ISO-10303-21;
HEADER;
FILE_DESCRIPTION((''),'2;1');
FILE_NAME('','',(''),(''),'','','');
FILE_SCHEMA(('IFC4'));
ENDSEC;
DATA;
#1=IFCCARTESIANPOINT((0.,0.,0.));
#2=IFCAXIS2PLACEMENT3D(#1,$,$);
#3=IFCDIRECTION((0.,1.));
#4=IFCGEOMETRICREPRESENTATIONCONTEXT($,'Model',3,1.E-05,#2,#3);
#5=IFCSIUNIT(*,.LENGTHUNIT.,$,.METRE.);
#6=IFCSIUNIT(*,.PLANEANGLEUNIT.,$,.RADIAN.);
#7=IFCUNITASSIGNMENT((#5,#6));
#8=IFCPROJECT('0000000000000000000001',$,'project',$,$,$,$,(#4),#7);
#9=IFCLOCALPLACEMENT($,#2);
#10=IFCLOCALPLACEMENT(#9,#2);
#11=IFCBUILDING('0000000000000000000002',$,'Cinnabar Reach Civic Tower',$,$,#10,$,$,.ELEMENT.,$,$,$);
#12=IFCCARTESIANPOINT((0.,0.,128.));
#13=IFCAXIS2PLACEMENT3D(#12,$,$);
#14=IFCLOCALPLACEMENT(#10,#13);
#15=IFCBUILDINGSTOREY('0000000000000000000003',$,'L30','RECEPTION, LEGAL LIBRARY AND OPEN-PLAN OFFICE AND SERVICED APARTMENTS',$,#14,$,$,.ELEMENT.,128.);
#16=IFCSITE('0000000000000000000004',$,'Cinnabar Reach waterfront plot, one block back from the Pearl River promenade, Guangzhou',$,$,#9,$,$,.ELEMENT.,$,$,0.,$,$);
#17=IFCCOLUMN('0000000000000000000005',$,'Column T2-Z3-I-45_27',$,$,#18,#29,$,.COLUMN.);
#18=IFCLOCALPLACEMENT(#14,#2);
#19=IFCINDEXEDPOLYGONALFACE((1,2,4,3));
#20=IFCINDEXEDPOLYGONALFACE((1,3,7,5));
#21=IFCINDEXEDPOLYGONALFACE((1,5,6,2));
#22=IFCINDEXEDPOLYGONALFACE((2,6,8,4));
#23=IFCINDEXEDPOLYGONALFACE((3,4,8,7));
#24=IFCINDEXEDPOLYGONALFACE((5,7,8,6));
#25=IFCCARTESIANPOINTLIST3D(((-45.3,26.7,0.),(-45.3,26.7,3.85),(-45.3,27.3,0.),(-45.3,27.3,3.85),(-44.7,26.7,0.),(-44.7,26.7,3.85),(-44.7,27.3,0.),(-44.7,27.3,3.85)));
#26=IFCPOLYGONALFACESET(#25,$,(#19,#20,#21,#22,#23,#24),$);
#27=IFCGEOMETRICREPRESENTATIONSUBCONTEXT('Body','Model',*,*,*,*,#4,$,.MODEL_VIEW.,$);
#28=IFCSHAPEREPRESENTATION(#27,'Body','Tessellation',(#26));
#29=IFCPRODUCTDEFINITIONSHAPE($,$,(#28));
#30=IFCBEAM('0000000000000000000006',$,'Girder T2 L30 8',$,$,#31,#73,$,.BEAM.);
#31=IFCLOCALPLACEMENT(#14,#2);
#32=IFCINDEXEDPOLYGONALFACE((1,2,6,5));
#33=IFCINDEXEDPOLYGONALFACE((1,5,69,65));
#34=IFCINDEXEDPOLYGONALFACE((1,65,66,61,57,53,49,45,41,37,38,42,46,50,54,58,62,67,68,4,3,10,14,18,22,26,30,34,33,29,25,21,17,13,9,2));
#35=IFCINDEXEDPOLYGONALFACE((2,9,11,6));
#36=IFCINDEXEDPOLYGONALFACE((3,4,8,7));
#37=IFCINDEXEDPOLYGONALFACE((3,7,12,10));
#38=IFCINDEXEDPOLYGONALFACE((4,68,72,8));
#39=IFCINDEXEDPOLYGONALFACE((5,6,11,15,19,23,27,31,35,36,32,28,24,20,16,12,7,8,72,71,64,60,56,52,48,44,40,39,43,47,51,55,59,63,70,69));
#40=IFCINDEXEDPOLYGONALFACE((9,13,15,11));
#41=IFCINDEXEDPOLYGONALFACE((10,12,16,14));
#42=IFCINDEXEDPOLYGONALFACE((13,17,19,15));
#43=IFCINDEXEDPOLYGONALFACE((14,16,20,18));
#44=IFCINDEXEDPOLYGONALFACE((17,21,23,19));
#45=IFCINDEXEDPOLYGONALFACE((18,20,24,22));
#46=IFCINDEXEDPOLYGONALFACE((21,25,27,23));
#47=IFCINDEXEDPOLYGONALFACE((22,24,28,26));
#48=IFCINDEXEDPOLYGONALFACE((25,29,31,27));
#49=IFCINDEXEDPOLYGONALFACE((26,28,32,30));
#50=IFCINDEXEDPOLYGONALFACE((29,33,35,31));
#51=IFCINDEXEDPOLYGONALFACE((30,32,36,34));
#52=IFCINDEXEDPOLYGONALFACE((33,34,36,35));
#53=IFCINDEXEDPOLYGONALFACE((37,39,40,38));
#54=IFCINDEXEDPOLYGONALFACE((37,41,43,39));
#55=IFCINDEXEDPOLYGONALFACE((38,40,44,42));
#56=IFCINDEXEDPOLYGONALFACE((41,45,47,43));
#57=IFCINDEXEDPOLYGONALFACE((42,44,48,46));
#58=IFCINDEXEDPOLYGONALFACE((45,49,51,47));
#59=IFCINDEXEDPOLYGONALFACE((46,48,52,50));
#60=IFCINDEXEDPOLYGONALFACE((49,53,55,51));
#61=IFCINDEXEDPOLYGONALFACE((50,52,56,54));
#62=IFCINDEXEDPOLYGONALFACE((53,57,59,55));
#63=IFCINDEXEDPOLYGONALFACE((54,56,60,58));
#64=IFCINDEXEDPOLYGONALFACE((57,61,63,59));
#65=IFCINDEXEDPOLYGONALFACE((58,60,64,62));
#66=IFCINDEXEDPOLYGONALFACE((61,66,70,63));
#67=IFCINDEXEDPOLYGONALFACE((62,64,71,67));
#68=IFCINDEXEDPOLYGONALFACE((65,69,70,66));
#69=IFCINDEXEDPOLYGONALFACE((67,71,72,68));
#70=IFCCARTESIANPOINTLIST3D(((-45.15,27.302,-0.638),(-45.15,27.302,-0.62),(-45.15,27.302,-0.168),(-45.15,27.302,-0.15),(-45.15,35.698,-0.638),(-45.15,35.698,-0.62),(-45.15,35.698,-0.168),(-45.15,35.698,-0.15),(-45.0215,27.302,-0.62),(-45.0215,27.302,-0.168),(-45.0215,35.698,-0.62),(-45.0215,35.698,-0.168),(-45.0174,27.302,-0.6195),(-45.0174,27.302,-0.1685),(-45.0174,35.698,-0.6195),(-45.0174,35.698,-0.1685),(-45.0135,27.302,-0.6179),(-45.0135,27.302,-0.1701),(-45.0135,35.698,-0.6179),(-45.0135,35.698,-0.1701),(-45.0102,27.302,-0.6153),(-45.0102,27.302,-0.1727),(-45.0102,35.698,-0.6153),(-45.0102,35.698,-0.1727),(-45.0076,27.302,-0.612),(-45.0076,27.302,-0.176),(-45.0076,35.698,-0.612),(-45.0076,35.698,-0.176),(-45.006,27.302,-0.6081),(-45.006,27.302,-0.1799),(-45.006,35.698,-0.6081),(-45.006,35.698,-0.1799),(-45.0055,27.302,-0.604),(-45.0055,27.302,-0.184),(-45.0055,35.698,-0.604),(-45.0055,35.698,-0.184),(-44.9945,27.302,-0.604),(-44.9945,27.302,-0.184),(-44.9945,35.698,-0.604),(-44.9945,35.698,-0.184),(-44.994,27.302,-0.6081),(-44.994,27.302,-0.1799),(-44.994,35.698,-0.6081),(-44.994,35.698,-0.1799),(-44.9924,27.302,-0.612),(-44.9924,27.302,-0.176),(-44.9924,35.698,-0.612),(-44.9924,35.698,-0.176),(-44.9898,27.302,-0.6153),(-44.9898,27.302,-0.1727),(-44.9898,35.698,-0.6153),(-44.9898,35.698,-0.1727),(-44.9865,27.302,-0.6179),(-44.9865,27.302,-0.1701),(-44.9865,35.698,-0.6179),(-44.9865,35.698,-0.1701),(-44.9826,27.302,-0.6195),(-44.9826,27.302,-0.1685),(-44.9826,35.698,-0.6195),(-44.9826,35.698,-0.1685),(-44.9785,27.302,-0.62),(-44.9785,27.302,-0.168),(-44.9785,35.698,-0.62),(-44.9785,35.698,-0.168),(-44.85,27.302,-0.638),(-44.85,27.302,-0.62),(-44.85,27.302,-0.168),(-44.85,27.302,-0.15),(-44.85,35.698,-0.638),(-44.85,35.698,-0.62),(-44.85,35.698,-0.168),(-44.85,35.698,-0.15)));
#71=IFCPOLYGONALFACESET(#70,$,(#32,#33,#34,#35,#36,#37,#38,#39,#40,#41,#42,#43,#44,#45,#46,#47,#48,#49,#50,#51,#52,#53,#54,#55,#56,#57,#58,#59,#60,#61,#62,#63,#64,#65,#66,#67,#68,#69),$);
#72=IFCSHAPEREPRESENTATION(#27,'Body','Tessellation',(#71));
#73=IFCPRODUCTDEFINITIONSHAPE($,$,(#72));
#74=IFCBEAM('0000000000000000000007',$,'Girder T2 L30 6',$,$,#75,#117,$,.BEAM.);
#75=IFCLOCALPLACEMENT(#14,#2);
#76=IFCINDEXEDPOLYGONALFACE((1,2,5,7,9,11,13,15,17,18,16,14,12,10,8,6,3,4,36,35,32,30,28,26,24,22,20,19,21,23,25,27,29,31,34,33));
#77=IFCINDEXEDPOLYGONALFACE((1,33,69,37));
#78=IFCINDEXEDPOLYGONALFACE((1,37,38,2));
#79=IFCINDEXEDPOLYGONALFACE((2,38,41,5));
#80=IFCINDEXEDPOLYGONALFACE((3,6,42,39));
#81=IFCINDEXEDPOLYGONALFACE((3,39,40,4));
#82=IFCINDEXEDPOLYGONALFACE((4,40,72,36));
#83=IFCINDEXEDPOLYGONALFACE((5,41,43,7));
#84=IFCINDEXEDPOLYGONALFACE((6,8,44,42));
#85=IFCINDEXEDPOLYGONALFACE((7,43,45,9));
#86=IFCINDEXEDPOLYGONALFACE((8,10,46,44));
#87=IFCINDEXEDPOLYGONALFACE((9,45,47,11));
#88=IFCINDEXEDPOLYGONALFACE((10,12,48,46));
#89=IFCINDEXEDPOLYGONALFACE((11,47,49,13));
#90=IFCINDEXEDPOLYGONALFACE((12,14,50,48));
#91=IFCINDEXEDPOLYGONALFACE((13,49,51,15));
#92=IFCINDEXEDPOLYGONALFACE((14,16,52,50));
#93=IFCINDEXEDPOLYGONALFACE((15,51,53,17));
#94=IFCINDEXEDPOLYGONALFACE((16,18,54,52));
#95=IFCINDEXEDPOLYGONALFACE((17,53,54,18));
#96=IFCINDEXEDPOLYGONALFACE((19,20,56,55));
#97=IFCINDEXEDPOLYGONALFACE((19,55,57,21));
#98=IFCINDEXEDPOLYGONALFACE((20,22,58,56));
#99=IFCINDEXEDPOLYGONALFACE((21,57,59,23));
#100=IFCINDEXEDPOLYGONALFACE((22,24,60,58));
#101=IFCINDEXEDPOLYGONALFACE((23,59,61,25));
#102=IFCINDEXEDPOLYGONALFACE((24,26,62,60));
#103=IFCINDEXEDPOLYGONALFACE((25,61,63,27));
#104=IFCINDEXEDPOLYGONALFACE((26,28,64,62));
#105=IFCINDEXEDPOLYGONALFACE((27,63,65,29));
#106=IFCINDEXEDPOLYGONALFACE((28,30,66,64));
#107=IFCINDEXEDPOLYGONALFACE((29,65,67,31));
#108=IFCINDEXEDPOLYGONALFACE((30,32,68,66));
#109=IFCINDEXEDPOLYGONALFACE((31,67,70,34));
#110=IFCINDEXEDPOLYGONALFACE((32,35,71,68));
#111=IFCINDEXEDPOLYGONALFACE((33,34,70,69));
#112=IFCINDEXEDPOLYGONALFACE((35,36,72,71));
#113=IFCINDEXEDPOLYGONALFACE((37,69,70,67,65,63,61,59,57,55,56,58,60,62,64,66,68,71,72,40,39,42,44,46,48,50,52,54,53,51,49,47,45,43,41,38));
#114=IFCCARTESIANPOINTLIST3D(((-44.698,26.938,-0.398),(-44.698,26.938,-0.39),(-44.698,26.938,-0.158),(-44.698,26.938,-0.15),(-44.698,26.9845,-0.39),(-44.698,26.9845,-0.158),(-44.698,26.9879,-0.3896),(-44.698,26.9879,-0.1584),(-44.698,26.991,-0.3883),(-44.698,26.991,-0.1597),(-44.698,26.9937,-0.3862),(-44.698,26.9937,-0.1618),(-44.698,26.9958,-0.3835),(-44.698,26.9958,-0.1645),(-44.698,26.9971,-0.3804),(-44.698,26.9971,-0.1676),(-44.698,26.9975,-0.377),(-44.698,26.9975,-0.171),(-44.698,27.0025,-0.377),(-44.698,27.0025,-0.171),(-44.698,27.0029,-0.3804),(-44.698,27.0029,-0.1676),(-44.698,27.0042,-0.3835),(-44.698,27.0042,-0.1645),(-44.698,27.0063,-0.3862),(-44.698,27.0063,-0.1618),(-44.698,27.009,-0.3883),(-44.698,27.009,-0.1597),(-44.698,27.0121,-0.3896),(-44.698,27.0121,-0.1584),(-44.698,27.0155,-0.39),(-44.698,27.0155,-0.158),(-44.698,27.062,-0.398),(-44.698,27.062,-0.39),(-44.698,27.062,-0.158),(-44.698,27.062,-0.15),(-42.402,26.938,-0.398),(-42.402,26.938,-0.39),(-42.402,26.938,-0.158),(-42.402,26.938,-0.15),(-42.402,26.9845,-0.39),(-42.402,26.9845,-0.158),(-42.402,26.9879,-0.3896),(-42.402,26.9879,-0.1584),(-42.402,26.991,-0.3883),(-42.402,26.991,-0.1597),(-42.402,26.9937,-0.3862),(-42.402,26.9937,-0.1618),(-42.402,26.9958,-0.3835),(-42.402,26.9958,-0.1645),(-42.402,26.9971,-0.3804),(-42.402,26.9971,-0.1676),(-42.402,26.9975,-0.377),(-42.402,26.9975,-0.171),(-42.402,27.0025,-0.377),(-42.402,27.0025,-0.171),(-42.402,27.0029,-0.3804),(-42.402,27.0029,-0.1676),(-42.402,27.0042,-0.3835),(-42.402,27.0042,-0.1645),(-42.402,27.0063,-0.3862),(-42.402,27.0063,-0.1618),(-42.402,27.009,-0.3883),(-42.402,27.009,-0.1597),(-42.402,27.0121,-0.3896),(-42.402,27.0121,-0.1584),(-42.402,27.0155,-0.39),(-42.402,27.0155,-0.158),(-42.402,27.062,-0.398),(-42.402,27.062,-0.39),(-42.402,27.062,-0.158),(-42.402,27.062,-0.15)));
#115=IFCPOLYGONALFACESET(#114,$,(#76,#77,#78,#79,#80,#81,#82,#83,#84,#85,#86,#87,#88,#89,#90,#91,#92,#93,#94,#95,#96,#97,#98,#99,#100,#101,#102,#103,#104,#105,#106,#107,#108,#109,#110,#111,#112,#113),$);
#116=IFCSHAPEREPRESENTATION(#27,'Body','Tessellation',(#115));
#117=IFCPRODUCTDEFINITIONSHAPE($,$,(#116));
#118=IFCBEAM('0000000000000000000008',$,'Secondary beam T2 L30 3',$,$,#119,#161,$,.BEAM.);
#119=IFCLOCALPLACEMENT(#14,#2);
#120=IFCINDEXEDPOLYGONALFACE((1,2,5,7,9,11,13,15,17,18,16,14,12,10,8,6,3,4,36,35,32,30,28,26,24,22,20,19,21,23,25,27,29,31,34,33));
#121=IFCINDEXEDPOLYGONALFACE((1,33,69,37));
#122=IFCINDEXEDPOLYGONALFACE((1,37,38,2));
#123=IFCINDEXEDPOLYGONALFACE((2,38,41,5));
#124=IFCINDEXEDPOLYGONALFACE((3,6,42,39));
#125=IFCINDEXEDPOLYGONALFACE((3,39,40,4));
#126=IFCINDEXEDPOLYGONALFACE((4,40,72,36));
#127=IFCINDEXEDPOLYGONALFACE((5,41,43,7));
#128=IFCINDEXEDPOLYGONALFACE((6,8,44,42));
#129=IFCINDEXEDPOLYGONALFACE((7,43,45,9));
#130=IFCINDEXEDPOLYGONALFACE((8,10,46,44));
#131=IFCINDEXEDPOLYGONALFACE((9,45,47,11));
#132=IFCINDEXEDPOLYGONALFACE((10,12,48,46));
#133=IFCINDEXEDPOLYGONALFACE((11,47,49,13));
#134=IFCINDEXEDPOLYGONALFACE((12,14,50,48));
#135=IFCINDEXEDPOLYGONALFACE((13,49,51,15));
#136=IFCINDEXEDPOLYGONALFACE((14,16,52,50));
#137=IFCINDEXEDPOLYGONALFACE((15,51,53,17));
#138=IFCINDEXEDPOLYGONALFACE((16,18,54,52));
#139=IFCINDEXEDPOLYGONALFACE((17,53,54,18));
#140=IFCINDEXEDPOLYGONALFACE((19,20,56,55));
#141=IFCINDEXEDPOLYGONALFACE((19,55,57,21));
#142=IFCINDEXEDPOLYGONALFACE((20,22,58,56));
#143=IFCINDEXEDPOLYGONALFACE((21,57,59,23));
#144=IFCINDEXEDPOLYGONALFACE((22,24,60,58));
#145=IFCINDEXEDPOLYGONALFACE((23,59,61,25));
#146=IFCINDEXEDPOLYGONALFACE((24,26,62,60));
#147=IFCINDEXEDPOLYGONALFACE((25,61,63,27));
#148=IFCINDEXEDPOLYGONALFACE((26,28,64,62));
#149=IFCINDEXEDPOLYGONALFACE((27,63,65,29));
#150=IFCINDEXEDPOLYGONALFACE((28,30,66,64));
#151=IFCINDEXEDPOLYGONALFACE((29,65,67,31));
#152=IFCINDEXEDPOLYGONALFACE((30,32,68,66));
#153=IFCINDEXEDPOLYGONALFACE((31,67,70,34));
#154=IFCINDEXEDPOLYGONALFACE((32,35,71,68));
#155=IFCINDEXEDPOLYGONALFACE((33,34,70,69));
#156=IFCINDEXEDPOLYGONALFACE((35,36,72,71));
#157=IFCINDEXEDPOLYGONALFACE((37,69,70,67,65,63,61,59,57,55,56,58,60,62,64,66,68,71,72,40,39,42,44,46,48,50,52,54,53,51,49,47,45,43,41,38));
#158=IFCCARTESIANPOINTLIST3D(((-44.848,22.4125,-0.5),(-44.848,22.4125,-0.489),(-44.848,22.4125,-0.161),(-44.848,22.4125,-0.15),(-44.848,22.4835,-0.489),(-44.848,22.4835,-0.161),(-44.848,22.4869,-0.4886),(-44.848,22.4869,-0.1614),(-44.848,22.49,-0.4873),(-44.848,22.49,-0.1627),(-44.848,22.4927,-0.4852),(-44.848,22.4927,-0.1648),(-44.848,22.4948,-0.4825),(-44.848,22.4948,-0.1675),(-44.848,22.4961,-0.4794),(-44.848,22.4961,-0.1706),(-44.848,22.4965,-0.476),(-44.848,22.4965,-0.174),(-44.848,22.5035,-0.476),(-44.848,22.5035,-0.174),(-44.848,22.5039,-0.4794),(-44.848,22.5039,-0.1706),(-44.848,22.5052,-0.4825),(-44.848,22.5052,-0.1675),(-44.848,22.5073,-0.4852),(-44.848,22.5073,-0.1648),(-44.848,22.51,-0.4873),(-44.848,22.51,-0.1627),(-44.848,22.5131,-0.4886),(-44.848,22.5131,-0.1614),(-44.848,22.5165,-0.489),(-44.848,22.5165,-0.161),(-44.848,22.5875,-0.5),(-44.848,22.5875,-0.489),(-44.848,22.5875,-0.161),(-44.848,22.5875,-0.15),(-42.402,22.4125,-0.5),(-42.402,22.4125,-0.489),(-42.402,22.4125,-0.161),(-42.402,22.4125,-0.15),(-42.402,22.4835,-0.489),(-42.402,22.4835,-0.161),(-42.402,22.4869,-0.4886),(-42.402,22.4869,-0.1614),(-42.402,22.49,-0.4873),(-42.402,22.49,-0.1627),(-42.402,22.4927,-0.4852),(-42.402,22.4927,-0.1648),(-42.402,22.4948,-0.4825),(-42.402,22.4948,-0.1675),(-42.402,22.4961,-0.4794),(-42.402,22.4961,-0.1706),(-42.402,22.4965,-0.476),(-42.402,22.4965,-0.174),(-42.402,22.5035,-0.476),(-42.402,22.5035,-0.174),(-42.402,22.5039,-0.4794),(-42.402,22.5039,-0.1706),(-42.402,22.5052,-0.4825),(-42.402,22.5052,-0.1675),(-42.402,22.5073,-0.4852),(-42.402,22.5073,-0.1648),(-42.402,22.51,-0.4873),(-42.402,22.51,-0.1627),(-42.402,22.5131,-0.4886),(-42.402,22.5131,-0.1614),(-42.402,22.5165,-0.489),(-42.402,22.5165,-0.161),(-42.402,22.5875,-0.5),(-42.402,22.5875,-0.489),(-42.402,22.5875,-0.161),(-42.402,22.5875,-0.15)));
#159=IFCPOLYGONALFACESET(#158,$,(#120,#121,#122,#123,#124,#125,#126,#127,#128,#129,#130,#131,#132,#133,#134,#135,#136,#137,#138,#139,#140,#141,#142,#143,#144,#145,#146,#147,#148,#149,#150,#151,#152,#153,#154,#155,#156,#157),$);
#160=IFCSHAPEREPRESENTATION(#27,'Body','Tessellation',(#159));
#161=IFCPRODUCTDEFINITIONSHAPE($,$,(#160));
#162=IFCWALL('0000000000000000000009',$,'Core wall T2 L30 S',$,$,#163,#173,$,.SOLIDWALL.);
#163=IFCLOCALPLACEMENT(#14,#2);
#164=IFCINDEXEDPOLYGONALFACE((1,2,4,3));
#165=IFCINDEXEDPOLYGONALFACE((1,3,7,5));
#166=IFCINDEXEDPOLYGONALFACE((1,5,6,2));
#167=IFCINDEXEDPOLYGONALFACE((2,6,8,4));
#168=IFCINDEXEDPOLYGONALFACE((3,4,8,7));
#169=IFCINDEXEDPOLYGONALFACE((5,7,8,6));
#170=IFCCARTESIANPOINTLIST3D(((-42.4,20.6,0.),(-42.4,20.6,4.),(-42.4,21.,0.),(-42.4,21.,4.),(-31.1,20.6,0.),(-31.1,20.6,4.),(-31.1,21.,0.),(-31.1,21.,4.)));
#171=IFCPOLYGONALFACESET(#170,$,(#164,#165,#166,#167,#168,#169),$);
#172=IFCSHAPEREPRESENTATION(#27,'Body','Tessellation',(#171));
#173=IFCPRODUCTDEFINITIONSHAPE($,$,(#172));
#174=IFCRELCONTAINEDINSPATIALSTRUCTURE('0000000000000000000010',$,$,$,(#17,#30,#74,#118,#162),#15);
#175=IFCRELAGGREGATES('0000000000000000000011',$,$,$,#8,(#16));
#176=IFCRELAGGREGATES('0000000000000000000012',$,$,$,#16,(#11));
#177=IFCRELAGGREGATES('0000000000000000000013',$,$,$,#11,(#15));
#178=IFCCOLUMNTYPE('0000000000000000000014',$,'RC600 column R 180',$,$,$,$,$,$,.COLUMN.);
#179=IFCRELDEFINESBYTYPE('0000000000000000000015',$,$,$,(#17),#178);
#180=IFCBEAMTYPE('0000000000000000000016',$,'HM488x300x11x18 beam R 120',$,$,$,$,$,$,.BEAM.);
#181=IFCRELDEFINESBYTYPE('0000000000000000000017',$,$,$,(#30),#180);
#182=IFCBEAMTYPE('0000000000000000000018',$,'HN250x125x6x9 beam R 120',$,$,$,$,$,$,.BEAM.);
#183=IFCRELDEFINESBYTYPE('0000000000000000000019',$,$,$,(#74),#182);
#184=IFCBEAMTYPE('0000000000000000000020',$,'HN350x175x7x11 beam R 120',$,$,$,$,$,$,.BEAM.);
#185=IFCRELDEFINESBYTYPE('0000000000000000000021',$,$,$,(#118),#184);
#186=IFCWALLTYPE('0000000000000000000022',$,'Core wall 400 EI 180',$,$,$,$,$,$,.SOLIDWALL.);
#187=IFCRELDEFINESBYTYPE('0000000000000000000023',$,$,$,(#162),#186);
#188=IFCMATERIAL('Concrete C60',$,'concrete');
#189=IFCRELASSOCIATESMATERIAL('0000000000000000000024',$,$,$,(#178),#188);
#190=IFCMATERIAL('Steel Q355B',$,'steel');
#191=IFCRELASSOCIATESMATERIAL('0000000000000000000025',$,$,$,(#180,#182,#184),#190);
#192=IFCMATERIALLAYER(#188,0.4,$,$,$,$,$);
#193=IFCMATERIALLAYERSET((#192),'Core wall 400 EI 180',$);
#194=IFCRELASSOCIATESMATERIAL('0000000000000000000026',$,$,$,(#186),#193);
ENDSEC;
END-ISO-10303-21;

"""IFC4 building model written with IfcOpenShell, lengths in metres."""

from ifc_helpers import new_model, si_unit, direction, frame, frame_2d, origin, origin_2d, place, context, subcontext, project, spatial, rectangle, i_section, extrude, material, layer, layer_set, material_profile, profile_set, type_object, element, save


model = new_model("IFC4")

# Units and contexts
model_context = context("Model", 3, precision=1e-05, world=origin(), true_north=direction((0.0, 1.0)))
body_context = subcontext(model_context, "Body", "Model", "MODEL_VIEW")
ifc_project = project(units=[si_unit("LENGTHUNIT", "METRE"), si_unit("PLANEANGLEUNIT", "RADIAN")], contexts=[model_context])

# Site, building, storey
site_placement = place(None, origin())
site = spatial("IfcSite", under=ifc_project, at=site_placement, Name="Cinnabar Reach waterfront plot, one block back from the Pearl River promenade, Guangzhou", CompositionType="ELEMENT", RefElevation=0.0)
building_placement = place(site_placement, origin())
building = spatial("IfcBuilding", under=site, at=building_placement, Name="Cinnabar Reach Civic Tower", CompositionType="ELEMENT")
storey_placement = place(building_placement, frame((0.0, 0.0, 128.0)))
storey = spatial("IfcBuildingStorey", under=building, at=storey_placement, Name="L30", Description="RECEPTION, LEGAL LIBRARY AND OPEN-PLAN OFFICE AND SERVICED APARTMENTS", CompositionType="ELEMENT", Elevation=128.0)

# Column
ifc_material_1 = material(Name="Concrete C60", Category="concrete")
ifc_material_profile_1 = material_profile(ifc_material_1, rectangle(XDim=0.6, YDim=0.6, at=origin_2d()), Name="RC600")
ifc_profile_set_1 = profile_set([ifc_material_profile_1], Name="Concrete C60")
column_type = type_object("IfcColumnType", Name="RC600 column R 180", PredefinedType="COLUMN", material=ifc_profile_set_1)
column_placement = place(storey_placement, frame((-45.0, 27.0, 0.0), z_axis=(0.0, 0.0, 1.0), x_axis=(1.0, 0.0, 0.0)))
element("IfcColumn", 1, at=column_placement, inside=storey, type_object=column_type, Name="Column T2-Z3-I-45_27", PredefinedType="COLUMN", context=body_context, shape_type="SweptSolid", body=[
    extrude(rectangle(XDim=0.6, YDim=0.6, at=origin_2d()), origin(), (0.0, 0.0, 1.0), 3.85),
])

# Beams
ifc_material_2 = material(Name="Steel Q355B", Category="steel")
ifc_material_profile_2 = material_profile(ifc_material_2, i_section(OverallWidth=0.3, OverallDepth=0.488, WebThickness=0.011, FlangeThickness=0.018, FilletRadius=0.016, at=origin_2d()), Name="HM488x300x11x18")
ifc_profile_set_2 = profile_set([ifc_material_profile_2], Name="Steel Q355B")
beam_type_1 = type_object("IfcBeamType", Name="HM488x300x11x18 beam R 120", PredefinedType="BEAM", material=ifc_profile_set_2)
beam_1_placement = place(storey_placement, frame((-45.0, 27.302, -0.394), z_axis=(0.0, 1.0, 0.0), x_axis=(-1.0, 0.0, 0.0)))
element("IfcBeam", 2, at=beam_1_placement, inside=storey, type_object=beam_type_1, Name="Girder T2 L30 8", PredefinedType="BEAM", context=body_context, shape_type="SweptSolid", body=[
    extrude(i_section(OverallWidth=0.3, OverallDepth=0.488, WebThickness=0.011, FlangeThickness=0.018, FilletRadius=0.016, at=origin_2d()), origin(), (0.0, 0.0, 1.0), 8.396),
])
ifc_material_profile_3 = material_profile(ifc_material_2, i_section(OverallWidth=0.124, OverallDepth=0.248, WebThickness=0.005, FlangeThickness=0.008, FilletRadius=0.013, at=origin_2d()), Name="HN250x125x6x9")
ifc_profile_set_3 = profile_set([ifc_material_profile_3], Name="Steel Q355B")
beam_type_2 = type_object("IfcBeamType", Name="HN250x125x6x9 beam R 120", PredefinedType="BEAM", material=ifc_profile_set_3)
beam_2_placement = place(storey_placement, frame((-44.698, 27.0, -0.274), z_axis=(1.0, 0.0, 0.0), x_axis=(0.0, 1.0, 0.0)))
element("IfcBeam", 3, at=beam_2_placement, inside=storey, type_object=beam_type_2, Name="Girder T2 L30 6", PredefinedType="BEAM", context=body_context, shape_type="SweptSolid", body=[
    extrude(i_section(OverallWidth=0.124, OverallDepth=0.248, WebThickness=0.005, FlangeThickness=0.008, FilletRadius=0.013, at=origin_2d()), origin(), (0.0, 0.0, 1.0), 2.296),
])
ifc_material_profile_4 = material_profile(ifc_material_2, i_section(OverallWidth=0.175, OverallDepth=0.35, WebThickness=0.007, FlangeThickness=0.011, FilletRadius=0.013, at=origin_2d()), Name="HN350x175x7x11")
ifc_profile_set_4 = profile_set([ifc_material_profile_4], Name="Steel Q355B")
beam_type_3 = type_object("IfcBeamType", Name="HN350x175x7x11 beam R 120", PredefinedType="BEAM", material=ifc_profile_set_4)
beam_3_placement = place(storey_placement, frame((-44.848, 22.5, -0.325), z_axis=(1.0, 0.0, 0.0), x_axis=(0.0, 1.0, 0.0)))
element("IfcBeam", 4, at=beam_3_placement, inside=storey, type_object=beam_type_3, Name="Secondary beam T2 L30 3", PredefinedType="BEAM", context=body_context, shape_type="SweptSolid", body=[
    extrude(i_section(OverallWidth=0.175, OverallDepth=0.35, WebThickness=0.007, FlangeThickness=0.011, FilletRadius=0.013, at=origin_2d()), origin(), (0.0, 0.0, 1.0), 2.446),
])

# Wall
ifc_layer_1 = layer(ifc_material_1, 0.4)
ifc_layer_set_1 = layer_set([ifc_layer_1], Name="Core wall 400 EI 180")
wall_type_1 = type_object("IfcWallType", Name="Core wall 400 EI 180", PredefinedType="SOLIDWALL", material=ifc_layer_set_1)
wall_1_placement = place(storey_placement, frame((-42.4, 20.8, 0.0), z_axis=(0.0, 0.0, 1.0), x_axis=(1.0, 0.0, 0.0)))
element("IfcWall", 5, at=wall_1_placement, inside=storey, type_object=wall_type_1, Name="Core wall T2 L30 S", PredefinedType="SOLIDWALL", context=body_context, shape_type="SweptSolid", body=[
    extrude(rectangle(XDim=11.3, YDim=0.4, at=frame_2d((5.65, 0.0))), origin(), (0.0, 0.0, 1.0), 4.0),
])

save(model, "model.ifc")
